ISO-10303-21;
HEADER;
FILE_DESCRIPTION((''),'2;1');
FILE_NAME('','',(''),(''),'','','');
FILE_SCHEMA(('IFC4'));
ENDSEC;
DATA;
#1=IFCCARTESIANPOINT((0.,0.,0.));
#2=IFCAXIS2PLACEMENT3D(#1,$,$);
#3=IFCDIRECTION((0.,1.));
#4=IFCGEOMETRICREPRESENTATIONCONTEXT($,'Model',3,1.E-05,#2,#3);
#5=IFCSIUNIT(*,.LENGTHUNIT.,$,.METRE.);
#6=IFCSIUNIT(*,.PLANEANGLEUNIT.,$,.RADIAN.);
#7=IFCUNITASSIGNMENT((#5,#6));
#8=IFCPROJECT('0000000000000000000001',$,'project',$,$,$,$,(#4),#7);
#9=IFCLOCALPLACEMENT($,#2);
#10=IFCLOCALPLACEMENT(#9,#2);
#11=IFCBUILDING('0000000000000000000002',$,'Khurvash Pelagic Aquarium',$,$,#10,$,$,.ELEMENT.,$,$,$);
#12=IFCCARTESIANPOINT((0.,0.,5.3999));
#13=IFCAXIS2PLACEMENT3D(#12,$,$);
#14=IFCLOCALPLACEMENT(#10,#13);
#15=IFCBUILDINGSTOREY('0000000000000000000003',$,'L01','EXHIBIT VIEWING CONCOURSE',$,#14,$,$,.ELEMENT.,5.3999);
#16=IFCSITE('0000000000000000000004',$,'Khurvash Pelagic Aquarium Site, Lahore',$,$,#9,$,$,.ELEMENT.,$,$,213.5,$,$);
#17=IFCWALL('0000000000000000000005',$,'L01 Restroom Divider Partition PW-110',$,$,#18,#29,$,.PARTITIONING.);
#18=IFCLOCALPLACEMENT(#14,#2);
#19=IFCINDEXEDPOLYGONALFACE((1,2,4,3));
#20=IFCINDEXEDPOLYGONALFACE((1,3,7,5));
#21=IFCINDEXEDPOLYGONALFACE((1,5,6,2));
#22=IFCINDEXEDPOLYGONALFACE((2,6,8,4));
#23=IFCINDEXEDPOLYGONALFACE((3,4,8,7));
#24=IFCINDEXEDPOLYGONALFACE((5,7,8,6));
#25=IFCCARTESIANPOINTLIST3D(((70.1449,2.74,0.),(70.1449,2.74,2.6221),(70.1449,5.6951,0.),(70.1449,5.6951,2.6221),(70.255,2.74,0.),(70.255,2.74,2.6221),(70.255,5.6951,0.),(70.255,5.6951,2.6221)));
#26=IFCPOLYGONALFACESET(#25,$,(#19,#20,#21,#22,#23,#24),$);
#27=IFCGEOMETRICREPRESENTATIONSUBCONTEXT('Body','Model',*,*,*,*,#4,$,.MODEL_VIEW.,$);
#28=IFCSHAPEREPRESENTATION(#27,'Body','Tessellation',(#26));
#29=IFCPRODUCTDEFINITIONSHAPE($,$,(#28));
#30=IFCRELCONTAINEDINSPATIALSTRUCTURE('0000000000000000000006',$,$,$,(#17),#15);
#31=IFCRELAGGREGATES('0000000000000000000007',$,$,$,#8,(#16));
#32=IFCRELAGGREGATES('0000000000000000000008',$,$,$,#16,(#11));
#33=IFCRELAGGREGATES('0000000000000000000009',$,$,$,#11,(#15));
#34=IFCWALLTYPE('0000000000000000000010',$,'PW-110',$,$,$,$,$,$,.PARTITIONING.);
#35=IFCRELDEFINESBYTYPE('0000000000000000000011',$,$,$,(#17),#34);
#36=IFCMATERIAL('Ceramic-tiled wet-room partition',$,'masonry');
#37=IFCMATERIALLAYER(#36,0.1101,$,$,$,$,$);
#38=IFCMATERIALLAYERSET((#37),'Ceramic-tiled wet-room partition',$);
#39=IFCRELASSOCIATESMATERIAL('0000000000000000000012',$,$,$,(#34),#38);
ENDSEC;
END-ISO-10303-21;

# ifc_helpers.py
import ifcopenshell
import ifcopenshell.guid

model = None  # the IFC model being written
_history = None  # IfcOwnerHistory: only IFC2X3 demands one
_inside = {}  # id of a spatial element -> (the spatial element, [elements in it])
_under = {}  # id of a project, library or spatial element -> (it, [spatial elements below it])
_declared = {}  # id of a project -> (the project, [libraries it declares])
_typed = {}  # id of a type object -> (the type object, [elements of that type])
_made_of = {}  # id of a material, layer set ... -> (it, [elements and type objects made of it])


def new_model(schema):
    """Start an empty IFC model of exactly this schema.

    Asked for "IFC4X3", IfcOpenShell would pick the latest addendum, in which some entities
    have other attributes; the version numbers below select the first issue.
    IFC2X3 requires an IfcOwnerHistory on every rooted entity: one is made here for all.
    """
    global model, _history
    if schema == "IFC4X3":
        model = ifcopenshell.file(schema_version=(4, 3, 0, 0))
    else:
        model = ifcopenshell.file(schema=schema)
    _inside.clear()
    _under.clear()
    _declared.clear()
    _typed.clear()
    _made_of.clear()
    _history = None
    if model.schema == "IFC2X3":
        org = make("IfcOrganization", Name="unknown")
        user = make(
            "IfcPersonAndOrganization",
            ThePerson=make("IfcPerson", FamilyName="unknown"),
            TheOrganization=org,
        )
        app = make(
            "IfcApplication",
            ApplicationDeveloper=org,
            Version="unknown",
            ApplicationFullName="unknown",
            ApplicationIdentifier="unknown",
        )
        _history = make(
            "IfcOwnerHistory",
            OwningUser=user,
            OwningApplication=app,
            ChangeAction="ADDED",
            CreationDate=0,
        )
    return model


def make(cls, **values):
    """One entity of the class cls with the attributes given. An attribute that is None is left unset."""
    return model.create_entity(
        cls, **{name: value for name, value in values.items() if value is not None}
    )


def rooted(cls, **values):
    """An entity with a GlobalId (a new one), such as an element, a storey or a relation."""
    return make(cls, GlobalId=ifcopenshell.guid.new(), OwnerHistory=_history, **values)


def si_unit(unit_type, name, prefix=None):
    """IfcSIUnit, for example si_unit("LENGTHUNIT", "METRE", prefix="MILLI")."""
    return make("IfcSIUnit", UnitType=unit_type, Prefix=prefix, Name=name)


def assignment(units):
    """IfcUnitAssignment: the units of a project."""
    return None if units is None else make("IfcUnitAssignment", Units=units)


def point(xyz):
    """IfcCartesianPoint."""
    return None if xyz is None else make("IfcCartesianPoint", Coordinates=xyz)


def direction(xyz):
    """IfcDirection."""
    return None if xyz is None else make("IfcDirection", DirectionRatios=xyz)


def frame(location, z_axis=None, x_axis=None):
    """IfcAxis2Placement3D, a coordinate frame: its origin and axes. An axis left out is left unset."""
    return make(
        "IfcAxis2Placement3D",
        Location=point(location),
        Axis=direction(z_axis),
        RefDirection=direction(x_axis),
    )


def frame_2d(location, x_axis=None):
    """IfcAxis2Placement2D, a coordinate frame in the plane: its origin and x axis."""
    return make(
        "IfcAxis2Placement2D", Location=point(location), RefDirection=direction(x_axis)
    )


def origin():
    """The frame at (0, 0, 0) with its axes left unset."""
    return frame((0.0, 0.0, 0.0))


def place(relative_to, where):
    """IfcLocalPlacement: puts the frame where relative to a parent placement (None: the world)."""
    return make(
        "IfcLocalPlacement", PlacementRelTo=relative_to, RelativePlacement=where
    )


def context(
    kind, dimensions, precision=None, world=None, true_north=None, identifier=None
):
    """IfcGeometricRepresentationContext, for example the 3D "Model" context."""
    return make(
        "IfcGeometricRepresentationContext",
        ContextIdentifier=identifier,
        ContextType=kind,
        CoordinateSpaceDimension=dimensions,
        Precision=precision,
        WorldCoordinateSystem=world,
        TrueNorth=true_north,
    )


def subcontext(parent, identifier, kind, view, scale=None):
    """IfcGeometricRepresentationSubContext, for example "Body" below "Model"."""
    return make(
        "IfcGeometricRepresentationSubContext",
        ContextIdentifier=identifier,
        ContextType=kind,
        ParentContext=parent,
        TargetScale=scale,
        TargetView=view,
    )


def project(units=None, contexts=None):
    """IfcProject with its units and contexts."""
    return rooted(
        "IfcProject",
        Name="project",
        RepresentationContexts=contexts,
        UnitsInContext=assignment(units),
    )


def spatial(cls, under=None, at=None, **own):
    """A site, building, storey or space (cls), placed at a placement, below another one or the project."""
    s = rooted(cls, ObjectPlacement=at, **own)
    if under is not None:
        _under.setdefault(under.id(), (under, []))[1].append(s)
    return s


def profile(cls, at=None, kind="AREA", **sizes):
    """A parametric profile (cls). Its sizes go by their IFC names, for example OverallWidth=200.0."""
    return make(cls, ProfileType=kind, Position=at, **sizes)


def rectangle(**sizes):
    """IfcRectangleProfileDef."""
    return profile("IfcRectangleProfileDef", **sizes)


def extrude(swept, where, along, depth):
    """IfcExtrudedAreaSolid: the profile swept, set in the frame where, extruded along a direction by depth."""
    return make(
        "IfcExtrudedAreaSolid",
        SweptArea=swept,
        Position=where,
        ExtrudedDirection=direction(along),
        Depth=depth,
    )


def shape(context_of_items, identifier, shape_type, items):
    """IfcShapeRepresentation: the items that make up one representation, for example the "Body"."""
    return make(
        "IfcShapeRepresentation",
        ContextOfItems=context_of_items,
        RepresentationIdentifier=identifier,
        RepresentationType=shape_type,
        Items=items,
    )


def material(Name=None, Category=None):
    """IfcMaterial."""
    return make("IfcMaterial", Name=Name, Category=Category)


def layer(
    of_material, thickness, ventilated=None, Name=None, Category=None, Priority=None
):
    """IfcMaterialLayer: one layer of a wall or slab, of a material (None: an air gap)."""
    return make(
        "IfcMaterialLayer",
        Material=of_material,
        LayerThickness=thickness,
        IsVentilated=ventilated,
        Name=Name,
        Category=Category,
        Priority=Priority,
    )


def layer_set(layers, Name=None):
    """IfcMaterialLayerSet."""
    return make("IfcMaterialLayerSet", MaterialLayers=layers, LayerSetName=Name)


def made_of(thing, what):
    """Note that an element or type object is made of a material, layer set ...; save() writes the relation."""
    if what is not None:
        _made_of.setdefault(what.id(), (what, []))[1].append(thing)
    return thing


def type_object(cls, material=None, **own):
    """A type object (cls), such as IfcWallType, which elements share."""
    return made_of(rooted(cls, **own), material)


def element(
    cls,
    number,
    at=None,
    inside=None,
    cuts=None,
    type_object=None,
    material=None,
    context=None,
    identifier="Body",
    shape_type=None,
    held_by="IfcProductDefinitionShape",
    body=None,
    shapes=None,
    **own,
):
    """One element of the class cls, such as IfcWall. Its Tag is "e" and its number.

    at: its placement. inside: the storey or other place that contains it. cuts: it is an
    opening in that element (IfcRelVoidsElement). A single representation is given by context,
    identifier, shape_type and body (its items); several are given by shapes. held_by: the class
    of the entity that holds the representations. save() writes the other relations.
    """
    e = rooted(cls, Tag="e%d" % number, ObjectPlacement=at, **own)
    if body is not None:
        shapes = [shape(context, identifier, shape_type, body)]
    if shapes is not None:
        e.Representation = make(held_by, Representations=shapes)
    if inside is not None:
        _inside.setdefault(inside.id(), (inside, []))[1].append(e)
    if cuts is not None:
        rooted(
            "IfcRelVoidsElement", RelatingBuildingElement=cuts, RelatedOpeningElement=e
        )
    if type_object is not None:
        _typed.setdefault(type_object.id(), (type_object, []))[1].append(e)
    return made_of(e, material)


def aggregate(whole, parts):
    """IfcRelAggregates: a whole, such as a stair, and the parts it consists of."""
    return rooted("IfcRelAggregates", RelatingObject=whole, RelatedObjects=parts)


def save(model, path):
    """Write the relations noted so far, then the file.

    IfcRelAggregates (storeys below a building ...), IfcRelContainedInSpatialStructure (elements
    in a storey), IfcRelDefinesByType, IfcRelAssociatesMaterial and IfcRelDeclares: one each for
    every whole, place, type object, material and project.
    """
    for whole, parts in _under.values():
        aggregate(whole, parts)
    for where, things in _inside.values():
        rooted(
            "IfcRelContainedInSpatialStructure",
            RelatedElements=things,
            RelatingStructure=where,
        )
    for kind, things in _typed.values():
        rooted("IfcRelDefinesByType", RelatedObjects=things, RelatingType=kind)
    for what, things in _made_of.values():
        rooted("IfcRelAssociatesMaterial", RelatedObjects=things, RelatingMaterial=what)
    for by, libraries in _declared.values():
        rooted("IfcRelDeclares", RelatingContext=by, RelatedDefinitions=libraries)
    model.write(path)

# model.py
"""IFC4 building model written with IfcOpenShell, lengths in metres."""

from ifc_helpers import new_model, si_unit, direction, frame, frame_2d, origin, place, context, subcontext, project, spatial, rectangle, extrude, material, layer, layer_set, type_object, element, save


model = new_model("IFC4")

# Units and contexts
model_context = context("Model", 3, precision=1e-05, world=origin(), true_north=direction((0.0, 1.0)))
body_context = subcontext(model_context, "Body", "Model", "MODEL_VIEW")
ifc_project = project(units=[si_unit("LENGTHUNIT", "METRE"), si_unit("PLANEANGLEUNIT", "RADIAN")], contexts=[model_context])

# Site, building, storey
site_placement = place(None, origin())
site = spatial("IfcSite", under=ifc_project, at=site_placement, Name="Khurvash Pelagic Aquarium Site, Lahore", CompositionType="ELEMENT", RefElevation=213.5)
building_placement = place(site_placement, origin())
building = spatial("IfcBuilding", under=site, at=building_placement, Name="Khurvash Pelagic Aquarium", CompositionType="ELEMENT")
storey_placement = place(building_placement, frame((0.0, 0.0, 5.3999)))
storey = spatial("IfcBuildingStorey", under=building, at=storey_placement, Name="L01", Description="EXHIBIT VIEWING CONCOURSE", CompositionType="ELEMENT", Elevation=5.3999)

# Shared definitions
ifc_material_1 = material(Name="Ceramic-tiled wet-room partition", Category="masonry")
ifc_layer_1 = layer(ifc_material_1, 0.1101)
ifc_layer_set_1 = layer_set([ifc_layer_1], Name="Ceramic-tiled wet-room partition")
wall_type = type_object("IfcWallType", Name="PW-110", PredefinedType="PARTITIONING", material=ifc_layer_set_1)

# Wall
for number, where, z_axis, x_axis, name in (
    (1, (70.2, 2.74, 0.0), (0.0, 0.0, 1.0), (0.0, 1.0, 0.0), "L01 Restroom Divider Partition PW-110"),
):
    element("IfcWall", number, at=place(storey_placement, frame(where, z_axis=z_axis, x_axis=x_axis)), inside=storey, type_object=wall_type, Name=name, PredefinedType="PARTITIONING", context=body_context, shape_type="SweptSolid", body=[
        extrude(rectangle(XDim=2.9551, YDim=0.1101, at=frame_2d((1.4775, 0.0))), origin(), (0.0, 0.0, 1.0), 2.6221),
    ])

save(model, "model.ifc")
